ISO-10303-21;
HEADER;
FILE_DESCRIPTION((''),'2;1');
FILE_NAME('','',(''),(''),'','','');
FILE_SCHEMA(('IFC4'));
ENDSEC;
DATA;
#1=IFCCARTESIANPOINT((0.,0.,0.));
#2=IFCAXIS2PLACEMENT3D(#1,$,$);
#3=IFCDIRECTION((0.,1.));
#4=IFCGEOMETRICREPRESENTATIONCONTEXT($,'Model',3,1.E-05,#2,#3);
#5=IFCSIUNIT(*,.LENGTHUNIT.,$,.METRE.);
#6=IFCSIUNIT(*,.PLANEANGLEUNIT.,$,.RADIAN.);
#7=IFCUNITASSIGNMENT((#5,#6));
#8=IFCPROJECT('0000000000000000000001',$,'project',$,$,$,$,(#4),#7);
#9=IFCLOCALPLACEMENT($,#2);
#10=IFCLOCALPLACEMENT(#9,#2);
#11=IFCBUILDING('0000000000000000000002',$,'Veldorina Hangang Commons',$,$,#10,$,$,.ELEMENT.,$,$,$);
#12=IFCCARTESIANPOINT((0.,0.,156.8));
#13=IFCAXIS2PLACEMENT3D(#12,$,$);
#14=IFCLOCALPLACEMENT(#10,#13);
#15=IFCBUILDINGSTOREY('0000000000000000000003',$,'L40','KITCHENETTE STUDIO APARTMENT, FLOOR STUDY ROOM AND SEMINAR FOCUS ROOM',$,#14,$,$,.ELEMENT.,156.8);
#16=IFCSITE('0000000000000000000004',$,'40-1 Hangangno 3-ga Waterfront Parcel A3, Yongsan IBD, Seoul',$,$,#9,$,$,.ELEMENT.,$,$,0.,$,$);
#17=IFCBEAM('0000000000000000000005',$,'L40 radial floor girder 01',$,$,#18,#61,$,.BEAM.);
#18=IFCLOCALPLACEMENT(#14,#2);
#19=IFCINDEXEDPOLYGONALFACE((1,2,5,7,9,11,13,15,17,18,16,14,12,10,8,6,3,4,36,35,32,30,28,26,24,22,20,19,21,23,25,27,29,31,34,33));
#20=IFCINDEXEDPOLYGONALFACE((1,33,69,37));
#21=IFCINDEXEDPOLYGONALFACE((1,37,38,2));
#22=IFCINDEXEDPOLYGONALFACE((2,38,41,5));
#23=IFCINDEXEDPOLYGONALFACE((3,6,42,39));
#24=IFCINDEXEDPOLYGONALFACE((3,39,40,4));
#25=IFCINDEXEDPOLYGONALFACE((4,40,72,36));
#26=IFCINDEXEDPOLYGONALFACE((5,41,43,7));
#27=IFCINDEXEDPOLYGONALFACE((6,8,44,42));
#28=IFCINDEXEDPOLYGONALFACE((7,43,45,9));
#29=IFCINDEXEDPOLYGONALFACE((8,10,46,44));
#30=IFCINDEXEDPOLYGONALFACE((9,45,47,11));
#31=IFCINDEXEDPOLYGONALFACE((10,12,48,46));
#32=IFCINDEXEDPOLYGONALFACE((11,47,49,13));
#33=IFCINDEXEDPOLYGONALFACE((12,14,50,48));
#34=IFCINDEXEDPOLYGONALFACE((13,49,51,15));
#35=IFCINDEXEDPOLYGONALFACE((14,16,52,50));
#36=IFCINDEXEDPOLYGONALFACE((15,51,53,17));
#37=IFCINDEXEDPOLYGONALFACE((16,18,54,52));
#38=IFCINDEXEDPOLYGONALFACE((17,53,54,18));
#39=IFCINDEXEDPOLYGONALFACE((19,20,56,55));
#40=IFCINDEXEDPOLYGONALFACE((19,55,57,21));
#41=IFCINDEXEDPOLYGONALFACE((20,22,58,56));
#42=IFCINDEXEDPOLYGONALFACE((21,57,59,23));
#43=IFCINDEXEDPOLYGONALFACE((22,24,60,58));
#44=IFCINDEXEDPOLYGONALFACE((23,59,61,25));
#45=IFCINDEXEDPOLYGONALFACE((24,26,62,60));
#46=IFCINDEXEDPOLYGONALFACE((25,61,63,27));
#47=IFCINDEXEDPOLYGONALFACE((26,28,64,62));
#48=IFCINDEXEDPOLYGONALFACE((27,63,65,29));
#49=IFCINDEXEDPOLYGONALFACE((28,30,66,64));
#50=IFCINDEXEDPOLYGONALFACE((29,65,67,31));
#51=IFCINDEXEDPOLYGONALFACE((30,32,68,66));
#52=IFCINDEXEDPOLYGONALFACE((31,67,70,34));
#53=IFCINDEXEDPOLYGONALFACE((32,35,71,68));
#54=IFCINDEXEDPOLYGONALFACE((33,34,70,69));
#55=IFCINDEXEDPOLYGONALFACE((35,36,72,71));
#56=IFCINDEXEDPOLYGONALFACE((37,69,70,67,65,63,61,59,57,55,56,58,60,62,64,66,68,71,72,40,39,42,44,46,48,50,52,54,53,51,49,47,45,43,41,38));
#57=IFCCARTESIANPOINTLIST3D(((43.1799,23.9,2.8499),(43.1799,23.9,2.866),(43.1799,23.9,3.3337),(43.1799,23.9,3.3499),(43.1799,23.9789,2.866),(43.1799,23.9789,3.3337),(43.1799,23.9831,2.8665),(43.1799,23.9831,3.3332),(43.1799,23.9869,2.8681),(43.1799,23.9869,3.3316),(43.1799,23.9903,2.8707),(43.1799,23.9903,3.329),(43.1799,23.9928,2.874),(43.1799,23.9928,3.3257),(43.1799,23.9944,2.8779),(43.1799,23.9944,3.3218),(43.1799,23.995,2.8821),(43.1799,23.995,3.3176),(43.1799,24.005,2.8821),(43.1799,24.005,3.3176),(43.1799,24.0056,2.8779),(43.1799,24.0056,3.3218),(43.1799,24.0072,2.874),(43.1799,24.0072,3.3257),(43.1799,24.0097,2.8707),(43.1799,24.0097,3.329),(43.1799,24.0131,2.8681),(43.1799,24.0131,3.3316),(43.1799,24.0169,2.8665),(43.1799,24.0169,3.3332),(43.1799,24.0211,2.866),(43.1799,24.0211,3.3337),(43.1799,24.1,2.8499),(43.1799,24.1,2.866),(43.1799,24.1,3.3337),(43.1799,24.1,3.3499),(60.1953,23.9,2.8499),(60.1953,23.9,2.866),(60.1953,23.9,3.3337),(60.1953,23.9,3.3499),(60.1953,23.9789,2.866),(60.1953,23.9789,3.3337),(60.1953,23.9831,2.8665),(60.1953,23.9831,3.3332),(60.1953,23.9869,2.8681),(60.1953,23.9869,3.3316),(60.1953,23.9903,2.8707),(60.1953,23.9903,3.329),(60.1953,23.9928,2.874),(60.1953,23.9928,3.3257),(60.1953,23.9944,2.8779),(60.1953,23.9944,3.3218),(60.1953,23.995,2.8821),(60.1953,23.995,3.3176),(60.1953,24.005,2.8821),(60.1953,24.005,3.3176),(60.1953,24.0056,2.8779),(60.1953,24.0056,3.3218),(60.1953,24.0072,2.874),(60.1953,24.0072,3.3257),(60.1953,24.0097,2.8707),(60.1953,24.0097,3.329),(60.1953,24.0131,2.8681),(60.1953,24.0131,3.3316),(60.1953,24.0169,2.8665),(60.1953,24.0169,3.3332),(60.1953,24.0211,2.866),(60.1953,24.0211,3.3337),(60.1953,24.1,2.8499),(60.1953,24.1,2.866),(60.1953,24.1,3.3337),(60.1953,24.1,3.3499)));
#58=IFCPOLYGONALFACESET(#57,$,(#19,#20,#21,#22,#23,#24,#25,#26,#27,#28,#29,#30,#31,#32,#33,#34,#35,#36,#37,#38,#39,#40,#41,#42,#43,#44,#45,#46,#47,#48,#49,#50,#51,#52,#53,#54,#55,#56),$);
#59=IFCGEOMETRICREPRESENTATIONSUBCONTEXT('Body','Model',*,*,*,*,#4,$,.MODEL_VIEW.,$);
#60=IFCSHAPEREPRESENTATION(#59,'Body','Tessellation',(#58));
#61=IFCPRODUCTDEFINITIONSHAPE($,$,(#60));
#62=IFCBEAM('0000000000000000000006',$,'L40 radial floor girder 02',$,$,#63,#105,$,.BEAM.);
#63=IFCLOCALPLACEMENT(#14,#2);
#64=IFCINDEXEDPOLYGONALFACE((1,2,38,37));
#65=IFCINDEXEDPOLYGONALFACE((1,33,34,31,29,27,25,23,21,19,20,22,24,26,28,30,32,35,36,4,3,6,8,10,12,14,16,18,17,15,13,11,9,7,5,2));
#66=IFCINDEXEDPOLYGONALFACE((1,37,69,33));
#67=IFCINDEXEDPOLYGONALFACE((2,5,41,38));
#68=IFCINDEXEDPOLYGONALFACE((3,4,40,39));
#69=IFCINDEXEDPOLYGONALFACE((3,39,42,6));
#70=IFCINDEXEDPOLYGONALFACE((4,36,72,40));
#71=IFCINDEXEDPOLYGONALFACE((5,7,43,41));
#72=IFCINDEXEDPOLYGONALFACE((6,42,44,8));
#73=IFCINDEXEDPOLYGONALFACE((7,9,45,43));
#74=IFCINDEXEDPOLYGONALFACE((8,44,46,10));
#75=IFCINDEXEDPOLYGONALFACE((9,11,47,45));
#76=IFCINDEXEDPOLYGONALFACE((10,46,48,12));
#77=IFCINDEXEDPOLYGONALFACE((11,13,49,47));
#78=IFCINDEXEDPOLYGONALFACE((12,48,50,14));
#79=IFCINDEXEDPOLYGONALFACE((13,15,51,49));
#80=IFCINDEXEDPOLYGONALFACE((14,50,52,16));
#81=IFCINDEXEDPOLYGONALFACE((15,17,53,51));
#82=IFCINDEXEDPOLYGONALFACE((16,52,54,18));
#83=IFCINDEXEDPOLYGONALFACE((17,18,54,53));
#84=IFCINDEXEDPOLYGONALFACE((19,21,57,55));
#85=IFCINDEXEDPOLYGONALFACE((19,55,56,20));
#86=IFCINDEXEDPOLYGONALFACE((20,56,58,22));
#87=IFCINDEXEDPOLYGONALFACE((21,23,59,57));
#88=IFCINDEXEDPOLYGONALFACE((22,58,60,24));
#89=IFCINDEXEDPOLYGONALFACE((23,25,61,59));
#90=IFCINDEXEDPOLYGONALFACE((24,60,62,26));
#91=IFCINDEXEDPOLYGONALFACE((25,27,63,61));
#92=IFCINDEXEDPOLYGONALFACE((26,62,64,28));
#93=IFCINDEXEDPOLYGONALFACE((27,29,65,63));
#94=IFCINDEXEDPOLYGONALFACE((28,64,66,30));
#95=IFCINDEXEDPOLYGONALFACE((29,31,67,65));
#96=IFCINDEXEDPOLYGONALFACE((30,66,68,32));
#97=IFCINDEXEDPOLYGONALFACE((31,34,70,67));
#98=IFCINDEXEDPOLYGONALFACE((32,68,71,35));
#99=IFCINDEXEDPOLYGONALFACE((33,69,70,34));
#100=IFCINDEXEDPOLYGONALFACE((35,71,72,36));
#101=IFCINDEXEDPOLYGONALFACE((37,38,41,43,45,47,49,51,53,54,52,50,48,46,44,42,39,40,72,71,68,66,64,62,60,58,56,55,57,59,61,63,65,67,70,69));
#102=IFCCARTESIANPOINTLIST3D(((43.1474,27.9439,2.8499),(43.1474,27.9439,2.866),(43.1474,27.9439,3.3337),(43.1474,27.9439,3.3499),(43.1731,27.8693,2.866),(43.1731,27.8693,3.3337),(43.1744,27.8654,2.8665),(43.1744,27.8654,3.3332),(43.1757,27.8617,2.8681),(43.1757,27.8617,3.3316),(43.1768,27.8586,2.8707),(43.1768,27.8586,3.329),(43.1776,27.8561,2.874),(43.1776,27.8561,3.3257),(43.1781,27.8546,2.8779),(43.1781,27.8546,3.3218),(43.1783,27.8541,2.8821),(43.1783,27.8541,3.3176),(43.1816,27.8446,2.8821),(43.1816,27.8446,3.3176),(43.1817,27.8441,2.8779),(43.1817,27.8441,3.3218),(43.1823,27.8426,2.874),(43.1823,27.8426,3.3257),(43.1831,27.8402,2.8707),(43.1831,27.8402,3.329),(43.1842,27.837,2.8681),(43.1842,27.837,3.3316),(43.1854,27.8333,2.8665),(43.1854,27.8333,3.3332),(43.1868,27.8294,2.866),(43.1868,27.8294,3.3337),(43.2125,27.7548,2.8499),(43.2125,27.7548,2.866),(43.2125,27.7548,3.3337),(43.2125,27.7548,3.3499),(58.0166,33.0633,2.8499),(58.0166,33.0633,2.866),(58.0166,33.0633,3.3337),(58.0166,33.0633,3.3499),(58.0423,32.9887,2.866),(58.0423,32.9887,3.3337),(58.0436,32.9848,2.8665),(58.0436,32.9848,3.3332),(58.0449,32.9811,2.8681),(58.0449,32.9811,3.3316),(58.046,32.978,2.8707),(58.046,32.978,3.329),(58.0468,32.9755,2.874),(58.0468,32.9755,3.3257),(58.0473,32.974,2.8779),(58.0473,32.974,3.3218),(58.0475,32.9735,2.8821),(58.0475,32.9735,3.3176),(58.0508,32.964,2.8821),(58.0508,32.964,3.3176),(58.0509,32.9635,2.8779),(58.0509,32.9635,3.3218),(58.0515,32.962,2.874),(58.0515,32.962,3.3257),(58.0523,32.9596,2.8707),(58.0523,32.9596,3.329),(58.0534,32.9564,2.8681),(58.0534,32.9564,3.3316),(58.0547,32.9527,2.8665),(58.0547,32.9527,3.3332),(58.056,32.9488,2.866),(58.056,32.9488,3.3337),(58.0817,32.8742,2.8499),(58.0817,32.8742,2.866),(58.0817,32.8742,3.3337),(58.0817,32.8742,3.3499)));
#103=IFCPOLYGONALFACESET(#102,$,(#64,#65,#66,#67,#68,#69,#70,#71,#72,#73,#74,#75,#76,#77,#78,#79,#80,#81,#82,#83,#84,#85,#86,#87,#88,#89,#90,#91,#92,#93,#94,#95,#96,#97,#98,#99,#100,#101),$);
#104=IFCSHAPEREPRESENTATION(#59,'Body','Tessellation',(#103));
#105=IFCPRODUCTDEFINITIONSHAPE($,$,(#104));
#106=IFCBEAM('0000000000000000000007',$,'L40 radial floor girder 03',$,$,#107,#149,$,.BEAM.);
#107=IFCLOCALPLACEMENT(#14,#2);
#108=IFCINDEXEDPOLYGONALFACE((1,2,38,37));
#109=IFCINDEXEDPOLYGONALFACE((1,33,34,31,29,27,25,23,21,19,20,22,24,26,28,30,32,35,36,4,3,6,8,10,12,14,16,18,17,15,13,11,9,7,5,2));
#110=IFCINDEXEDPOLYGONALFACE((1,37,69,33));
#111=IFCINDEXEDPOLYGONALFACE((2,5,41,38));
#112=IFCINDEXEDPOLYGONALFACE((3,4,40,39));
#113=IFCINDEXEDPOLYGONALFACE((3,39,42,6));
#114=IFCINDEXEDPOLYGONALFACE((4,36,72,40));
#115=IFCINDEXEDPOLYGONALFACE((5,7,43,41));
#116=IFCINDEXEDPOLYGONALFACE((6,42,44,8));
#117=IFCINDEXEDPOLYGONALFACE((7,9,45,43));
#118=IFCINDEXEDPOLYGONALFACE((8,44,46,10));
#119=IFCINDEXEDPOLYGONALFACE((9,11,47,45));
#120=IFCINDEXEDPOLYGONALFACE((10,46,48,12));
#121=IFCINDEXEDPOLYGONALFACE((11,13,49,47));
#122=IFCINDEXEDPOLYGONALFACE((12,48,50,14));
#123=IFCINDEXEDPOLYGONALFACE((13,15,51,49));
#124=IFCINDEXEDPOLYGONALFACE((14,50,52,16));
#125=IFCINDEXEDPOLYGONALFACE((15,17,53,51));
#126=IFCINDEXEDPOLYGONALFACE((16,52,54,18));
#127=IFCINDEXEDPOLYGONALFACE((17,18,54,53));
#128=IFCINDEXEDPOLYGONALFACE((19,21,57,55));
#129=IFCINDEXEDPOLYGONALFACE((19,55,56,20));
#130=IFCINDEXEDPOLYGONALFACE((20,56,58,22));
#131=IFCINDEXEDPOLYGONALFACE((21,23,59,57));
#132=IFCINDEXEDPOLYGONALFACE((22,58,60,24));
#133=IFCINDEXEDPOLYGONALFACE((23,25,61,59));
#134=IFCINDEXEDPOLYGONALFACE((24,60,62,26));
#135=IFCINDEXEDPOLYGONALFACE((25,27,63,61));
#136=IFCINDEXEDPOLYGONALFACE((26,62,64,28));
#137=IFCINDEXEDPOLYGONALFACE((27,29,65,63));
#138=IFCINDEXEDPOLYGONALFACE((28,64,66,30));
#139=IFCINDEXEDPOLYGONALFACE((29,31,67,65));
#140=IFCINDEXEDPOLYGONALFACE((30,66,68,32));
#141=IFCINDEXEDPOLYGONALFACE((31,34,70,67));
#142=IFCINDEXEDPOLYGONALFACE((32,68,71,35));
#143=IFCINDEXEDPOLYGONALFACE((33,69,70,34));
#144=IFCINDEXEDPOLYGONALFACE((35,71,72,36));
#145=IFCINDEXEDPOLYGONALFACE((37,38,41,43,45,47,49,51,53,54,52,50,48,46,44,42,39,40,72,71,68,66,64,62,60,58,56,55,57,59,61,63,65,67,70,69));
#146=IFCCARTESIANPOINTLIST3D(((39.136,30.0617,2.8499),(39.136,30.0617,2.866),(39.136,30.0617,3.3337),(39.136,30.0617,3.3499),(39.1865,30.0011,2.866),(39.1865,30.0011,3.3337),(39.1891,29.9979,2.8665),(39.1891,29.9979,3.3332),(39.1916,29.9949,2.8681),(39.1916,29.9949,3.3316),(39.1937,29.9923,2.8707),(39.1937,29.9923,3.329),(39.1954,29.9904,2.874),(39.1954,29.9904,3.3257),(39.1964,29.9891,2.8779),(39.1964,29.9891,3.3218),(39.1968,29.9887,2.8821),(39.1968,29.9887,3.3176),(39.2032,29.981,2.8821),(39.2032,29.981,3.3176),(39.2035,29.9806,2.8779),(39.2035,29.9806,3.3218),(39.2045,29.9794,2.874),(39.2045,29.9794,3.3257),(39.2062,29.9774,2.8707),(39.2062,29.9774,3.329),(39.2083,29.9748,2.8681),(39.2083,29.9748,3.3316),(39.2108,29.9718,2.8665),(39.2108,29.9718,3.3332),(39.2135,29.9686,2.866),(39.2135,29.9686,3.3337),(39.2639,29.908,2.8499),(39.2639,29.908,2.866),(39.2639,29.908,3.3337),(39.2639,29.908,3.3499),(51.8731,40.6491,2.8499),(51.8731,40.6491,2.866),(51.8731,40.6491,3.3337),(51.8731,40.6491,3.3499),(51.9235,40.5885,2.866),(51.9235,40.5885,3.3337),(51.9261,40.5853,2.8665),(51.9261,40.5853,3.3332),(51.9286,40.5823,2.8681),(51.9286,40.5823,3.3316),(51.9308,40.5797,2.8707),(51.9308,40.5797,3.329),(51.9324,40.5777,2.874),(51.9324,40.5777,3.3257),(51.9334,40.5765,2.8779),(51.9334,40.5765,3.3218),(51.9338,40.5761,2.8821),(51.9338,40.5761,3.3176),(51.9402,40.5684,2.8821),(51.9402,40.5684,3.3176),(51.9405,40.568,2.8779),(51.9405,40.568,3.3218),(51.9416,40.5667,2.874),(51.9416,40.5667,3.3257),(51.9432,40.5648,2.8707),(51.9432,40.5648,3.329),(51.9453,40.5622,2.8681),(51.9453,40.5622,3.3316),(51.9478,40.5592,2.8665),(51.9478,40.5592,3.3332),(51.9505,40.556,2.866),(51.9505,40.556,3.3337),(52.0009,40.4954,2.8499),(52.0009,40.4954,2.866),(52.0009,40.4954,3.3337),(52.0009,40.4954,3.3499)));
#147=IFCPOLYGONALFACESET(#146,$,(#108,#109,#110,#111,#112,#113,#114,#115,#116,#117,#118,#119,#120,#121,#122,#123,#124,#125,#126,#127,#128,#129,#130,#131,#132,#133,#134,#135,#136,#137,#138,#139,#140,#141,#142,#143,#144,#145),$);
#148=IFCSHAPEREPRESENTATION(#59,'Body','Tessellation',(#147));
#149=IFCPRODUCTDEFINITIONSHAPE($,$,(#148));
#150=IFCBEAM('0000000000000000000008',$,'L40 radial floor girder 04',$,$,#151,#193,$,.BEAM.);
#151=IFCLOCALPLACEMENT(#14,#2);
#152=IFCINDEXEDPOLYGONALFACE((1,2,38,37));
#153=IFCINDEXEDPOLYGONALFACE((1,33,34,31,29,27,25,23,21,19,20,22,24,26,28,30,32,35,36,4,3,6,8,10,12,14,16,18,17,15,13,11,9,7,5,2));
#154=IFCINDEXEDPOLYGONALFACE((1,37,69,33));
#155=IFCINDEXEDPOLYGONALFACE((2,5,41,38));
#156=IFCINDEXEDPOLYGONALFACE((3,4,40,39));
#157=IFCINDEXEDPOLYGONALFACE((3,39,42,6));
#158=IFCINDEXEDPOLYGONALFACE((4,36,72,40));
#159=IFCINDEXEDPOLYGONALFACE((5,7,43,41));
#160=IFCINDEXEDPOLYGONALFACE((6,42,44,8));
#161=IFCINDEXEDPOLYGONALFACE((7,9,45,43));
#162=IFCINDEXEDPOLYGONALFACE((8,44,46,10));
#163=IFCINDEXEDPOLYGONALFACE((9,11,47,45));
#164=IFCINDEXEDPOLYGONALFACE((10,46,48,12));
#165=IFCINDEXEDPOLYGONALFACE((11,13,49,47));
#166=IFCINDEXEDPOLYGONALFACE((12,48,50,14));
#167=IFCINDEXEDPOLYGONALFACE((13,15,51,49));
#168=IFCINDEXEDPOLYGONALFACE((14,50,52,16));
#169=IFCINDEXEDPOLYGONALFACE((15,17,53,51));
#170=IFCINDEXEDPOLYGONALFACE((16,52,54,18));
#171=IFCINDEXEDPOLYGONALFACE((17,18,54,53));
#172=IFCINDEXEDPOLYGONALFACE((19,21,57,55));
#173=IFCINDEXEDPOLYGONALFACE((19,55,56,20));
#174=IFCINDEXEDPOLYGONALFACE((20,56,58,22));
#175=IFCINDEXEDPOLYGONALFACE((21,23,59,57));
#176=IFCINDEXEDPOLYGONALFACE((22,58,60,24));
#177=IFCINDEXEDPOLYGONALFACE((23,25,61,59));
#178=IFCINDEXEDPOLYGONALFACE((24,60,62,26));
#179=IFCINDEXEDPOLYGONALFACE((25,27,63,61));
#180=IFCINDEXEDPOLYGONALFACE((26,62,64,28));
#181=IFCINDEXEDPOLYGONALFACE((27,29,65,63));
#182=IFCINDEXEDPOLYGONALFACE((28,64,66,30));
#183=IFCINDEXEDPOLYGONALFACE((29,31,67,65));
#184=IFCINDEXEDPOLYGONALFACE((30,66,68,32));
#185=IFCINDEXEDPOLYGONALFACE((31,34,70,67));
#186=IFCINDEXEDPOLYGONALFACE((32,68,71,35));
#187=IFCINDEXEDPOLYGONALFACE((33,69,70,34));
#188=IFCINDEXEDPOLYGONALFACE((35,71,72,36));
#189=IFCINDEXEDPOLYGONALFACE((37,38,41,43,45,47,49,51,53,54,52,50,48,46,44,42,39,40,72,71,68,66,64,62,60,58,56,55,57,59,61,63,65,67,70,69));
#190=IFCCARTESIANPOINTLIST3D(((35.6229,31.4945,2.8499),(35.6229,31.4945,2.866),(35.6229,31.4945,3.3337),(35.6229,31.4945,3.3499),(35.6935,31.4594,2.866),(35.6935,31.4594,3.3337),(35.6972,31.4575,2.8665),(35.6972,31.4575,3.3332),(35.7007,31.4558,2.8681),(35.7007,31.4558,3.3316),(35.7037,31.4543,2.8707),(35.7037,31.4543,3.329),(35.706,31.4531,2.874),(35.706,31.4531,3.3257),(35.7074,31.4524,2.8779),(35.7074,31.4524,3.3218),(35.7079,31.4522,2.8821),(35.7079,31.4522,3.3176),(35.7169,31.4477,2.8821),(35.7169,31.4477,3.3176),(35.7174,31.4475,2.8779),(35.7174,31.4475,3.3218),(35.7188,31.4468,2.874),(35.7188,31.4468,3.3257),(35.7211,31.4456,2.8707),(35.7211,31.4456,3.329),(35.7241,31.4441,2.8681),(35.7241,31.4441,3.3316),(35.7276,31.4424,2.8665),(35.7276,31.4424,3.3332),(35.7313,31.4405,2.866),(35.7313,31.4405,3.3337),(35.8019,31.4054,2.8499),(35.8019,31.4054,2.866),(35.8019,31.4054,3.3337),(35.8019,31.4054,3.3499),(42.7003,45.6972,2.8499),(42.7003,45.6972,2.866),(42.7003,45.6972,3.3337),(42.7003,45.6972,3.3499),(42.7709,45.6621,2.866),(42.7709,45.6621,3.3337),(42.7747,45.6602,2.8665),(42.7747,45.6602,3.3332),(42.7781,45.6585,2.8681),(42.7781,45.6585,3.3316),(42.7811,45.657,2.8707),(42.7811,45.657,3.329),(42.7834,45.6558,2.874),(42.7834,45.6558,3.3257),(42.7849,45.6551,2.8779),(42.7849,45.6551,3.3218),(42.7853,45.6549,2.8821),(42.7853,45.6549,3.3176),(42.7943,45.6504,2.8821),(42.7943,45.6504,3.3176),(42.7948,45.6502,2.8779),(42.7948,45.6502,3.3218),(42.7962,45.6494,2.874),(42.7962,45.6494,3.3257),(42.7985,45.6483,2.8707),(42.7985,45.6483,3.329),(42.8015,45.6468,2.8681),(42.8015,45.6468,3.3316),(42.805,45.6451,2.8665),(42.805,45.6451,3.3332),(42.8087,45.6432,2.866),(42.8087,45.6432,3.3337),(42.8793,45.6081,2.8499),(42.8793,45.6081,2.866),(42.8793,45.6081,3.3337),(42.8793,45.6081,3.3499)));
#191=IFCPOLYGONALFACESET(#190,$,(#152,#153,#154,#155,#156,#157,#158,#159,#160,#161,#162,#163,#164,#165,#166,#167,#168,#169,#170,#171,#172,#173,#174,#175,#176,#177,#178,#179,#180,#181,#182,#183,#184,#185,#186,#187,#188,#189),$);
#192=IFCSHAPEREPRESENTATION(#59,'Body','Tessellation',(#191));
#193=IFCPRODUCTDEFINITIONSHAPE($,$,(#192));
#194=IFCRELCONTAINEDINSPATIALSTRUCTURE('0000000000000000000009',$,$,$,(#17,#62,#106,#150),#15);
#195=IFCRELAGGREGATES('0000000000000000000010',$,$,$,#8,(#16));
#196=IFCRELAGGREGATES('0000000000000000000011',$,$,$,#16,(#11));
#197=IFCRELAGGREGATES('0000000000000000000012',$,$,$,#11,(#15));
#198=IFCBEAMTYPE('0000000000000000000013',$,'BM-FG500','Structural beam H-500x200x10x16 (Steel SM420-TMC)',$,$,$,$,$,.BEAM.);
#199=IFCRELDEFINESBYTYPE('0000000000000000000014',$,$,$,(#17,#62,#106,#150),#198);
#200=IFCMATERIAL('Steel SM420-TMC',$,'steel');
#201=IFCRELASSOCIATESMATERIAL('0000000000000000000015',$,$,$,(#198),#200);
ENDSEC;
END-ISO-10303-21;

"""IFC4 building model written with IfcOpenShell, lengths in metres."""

from ifc_helpers import new_model, si_unit, direction, frame, origin, origin_2d, place, context, subcontext, project, spatial, i_section, extrude, material, material_profile, profile_set, type_object, element, save


model = new_model("IFC4")

# Units and contexts
model_context = context("Model", 3, precision=1e-05, world=origin(), true_north=direction((0.0, 1.0)))
body_context = subcontext(model_context, "Body", "Model", "MODEL_VIEW")
ifc_project = project(units=[si_unit("LENGTHUNIT", "METRE"), si_unit("PLANEANGLEUNIT", "RADIAN")], contexts=[model_context])

# Site, building, storey
site_placement = place(None, origin())
site = spatial("IfcSite", under=ifc_project, at=site_placement, Name="40-1 Hangangno 3-ga Waterfront Parcel A3, Yongsan IBD, Seoul", CompositionType="ELEMENT", RefElevation=0.0)
building_placement = place(site_placement, origin())
building = spatial("IfcBuilding", under=site, at=building_placement, Name="Veldorina Hangang Commons", CompositionType="ELEMENT")
storey_placement = place(building_placement, frame((0.0, 0.0, 156.8)))
storey = spatial("IfcBuildingStorey", under=building, at=storey_placement, Name="L40", Description="KITCHENETTE STUDIO APARTMENT, FLOOR STUDY ROOM AND SEMINAR FOCUS ROOM", CompositionType="ELEMENT", Elevation=156.8)

# Beams
ifc_material_1 = material(Name="Steel SM420-TMC", Category="steel")
ifc_material_profile = material_profile(ifc_material_1, i_section(OverallWidth=0.2, OverallDepth=0.5, WebThickness=0.01, FlangeThickness=0.0161, FilletRadius=0.0161, at=origin_2d()), Name="H-500x200x10x16")
ifc_profile_set = profile_set([ifc_material_profile], Name="Steel SM420-TMC")
beam_type = type_object("IfcBeamType", Name="BM-FG500", Description="Structural beam H-500x200x10x16 (Steel SM420-TMC)", PredefinedType="BEAM", material=ifc_profile_set)
beam_1_placement = place(storey_placement, frame((43.1799, 24.0, 3.0999), z_axis=(1.0, 0.0, 0.0), x_axis=(0.0, 1.0, 0.0)))
element("IfcBeam", 1, at=beam_1_placement, inside=storey, type_object=beam_type, Name="L40 radial floor girder 01", PredefinedType="BEAM", context=body_context, shape_type="SweptSolid", body=[
    extrude(i_section(OverallWidth=0.2, OverallDepth=0.5, WebThickness=0.01, FlangeThickness=0.0161, FilletRadius=0.0161, at=origin_2d()), origin(), (0.0, 0.0, 1.0), 17.0154),
])
beam_2_placement = place(storey_placement, frame((43.1799, 27.8494, 3.0999), z_axis=(0.945528, 0.325541, 0.0), x_axis=(-0.325541, 0.945528, 0.0)))
element("IfcBeam", 2, at=beam_2_placement, inside=storey, type_object=beam_type, Name="L40 radial floor girder 02", PredefinedType="BEAM", context=body_context, shape_type="SweptSolid", body=[
    extrude(i_section(OverallWidth=0.2, OverallDepth=0.5, WebThickness=0.01, FlangeThickness=0.0161, FilletRadius=0.0161, at=origin_2d()), origin(), (0.0, 0.0, 1.0), 15.7258),
])
beam_3_placement = place(storey_placement, frame((39.2, 29.9849, 3.0999), z_axis=(0.769017, 0.639228, 0.0), x_axis=(-0.639228, 0.769017, 0.0)))
element("IfcBeam", 3, at=beam_3_placement, inside=storey, type_object=beam_type, Name="L40 radial floor girder 03", PredefinedType="BEAM", context=body_context, shape_type="SweptSolid", body=[
    extrude(i_section(OverallWidth=0.2, OverallDepth=0.5, WebThickness=0.01, FlangeThickness=0.0161, FilletRadius=0.0161, at=origin_2d()), origin(), (0.0, 0.0, 1.0), 16.5627),
])
beam_4_placement = place(storey_placement, frame((35.7124, 31.45, 3.0999), z_axis=(0.446007, 0.895029, 0.0), x_axis=(-0.895029, 0.446007, 0.0)))
element("IfcBeam", 4, at=beam_4_placement, inside=storey, type_object=beam_type, Name="L40 radial floor girder 04", PredefinedType="BEAM", context=body_context, shape_type="SweptSolid", body=[
    extrude(i_section(OverallWidth=0.2, OverallDepth=0.5, WebThickness=0.01, FlangeThickness=0.0161, FilletRadius=0.0161, at=origin_2d()), origin(), (0.0, 0.0, 1.0), 15.8684),
])

save(model, "model.ifc")
